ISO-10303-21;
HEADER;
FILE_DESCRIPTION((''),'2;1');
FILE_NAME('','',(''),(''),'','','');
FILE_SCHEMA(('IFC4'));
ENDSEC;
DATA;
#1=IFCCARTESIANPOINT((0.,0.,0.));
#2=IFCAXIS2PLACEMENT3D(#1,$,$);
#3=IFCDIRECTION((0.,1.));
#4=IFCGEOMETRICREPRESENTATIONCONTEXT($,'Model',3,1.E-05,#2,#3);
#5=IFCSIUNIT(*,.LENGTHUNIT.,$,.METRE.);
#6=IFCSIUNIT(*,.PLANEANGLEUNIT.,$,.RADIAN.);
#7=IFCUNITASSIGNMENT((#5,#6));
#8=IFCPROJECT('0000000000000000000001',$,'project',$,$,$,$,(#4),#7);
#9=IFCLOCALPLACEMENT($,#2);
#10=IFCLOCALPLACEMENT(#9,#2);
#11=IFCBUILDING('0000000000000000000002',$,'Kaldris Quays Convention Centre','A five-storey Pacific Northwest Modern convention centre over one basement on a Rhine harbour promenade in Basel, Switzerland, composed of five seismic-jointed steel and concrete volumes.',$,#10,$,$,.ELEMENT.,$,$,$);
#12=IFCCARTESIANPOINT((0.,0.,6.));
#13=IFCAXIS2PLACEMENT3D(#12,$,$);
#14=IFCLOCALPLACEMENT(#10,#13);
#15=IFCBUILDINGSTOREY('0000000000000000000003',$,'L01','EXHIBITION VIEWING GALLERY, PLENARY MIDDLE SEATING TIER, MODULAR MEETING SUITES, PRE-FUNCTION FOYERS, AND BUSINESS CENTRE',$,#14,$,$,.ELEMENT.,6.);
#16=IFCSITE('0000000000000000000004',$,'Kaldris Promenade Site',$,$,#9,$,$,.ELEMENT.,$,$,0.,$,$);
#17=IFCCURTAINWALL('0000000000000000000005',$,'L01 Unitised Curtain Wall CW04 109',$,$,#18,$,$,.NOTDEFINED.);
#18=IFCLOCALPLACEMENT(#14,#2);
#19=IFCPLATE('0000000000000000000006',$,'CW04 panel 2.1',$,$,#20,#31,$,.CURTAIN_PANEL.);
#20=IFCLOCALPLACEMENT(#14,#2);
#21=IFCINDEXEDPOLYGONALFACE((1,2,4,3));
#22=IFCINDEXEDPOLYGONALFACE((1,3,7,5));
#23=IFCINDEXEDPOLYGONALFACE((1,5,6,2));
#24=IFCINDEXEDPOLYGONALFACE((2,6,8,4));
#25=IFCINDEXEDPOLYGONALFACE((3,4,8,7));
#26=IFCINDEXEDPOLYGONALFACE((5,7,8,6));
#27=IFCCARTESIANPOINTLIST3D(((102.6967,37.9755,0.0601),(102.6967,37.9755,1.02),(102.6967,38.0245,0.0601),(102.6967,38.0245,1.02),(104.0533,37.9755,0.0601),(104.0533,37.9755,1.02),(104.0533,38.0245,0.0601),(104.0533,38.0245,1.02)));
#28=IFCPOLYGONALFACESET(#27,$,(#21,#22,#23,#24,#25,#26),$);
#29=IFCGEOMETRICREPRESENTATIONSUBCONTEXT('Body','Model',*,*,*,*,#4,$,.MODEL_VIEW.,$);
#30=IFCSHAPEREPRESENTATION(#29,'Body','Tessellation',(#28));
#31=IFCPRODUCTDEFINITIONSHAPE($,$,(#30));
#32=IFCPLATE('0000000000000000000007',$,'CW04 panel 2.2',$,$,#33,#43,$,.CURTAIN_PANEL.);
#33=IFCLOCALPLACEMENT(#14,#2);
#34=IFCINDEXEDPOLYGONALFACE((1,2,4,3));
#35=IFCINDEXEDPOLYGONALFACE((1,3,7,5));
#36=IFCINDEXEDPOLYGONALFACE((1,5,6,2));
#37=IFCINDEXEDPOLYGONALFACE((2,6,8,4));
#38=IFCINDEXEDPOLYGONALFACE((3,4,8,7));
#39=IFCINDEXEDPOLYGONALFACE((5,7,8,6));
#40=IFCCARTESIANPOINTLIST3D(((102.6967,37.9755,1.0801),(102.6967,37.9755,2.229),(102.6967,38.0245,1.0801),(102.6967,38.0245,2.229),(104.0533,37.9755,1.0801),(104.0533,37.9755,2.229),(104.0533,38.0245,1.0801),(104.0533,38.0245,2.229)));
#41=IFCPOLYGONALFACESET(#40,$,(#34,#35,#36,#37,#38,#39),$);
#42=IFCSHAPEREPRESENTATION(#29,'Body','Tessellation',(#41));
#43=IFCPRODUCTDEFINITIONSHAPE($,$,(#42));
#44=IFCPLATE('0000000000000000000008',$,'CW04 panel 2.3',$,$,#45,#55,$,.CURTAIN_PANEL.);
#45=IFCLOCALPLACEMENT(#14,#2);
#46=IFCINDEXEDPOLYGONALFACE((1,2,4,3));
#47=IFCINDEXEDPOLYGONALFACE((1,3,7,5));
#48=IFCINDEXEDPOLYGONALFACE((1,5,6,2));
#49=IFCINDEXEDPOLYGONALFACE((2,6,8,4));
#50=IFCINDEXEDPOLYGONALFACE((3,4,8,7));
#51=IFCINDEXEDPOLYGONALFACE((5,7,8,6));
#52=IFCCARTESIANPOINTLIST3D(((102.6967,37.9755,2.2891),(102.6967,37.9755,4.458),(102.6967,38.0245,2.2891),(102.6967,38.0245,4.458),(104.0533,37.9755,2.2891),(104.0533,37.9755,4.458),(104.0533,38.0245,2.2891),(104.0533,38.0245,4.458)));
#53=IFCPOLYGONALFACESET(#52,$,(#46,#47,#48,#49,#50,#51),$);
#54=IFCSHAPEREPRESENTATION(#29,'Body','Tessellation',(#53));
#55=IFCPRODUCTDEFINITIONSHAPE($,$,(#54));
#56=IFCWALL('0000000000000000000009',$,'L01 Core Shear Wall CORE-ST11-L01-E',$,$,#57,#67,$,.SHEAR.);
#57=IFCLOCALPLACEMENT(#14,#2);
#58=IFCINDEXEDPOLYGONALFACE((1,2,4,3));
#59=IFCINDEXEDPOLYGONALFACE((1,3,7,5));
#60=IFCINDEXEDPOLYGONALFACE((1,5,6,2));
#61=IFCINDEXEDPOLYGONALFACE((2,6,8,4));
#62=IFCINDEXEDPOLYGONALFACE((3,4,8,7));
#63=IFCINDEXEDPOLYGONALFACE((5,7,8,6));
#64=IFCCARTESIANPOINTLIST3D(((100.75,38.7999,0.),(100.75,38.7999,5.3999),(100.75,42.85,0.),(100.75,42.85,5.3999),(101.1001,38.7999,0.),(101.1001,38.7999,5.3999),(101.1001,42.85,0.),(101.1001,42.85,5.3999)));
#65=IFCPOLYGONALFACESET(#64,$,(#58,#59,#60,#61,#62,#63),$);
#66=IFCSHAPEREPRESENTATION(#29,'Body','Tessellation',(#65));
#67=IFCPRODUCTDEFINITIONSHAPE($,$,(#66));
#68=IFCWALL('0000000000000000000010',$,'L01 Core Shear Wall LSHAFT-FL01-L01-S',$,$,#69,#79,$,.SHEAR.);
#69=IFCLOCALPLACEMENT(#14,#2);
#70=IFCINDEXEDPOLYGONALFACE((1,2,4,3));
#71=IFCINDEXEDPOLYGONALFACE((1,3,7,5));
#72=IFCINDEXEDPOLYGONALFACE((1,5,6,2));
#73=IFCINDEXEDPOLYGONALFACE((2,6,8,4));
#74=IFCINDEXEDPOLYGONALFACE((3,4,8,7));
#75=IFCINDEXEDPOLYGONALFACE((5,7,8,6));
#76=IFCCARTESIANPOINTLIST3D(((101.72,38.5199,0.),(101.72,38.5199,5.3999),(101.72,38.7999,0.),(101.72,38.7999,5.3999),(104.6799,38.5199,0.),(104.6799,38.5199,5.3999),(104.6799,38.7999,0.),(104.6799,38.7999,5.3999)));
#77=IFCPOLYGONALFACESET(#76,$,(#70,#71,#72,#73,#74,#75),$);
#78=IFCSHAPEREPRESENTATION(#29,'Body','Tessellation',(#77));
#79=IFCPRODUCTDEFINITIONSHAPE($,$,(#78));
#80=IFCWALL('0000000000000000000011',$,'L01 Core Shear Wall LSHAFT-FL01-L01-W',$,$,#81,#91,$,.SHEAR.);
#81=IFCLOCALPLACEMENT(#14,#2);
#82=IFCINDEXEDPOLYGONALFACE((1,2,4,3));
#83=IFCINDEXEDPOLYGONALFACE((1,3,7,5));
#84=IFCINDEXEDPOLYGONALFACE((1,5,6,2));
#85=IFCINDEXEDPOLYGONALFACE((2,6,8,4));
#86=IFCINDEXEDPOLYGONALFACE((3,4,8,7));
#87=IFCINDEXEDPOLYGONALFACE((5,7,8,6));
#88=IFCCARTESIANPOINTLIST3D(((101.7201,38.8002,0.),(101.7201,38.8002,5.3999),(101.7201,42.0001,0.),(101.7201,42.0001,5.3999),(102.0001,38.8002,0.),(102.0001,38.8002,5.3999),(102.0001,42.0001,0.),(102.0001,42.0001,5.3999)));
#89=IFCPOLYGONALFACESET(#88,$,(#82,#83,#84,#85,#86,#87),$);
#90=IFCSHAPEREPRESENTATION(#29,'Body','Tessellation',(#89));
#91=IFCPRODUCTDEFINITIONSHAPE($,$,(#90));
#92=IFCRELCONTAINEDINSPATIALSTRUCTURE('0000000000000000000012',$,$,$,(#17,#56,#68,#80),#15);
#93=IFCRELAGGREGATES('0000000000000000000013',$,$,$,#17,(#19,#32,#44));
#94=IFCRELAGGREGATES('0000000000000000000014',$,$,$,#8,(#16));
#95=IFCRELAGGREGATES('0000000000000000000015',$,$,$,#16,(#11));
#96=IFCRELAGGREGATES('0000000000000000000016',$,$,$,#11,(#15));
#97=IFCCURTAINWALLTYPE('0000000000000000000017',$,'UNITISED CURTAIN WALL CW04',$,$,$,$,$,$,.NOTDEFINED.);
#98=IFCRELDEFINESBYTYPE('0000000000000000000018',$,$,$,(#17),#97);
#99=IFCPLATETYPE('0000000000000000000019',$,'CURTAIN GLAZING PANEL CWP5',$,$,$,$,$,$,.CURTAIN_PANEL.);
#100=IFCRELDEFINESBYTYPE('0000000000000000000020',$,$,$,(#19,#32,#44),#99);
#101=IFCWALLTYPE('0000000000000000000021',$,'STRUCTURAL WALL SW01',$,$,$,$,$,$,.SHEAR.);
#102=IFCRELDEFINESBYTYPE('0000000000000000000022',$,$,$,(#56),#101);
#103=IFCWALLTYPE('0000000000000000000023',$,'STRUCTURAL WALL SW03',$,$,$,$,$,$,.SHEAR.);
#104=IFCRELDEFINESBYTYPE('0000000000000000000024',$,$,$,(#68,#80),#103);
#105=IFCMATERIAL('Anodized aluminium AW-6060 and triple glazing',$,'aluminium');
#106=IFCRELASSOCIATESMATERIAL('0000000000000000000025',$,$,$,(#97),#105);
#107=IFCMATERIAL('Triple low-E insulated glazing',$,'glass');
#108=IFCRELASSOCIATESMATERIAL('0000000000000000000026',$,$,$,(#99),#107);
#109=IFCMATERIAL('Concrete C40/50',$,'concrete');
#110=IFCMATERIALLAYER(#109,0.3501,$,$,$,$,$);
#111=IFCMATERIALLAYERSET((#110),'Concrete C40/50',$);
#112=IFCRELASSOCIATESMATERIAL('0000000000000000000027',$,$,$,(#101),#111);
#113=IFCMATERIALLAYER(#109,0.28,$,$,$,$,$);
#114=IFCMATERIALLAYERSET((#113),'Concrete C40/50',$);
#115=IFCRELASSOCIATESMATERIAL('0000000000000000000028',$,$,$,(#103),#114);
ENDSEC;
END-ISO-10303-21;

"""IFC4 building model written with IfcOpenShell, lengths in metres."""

from ifc_helpers import new_model, si_unit, direction, frame, frame_2d, origin, origin_2d, place, context, subcontext, project, spatial, rectangle, extrude, material, layer, layer_set, type_object, element, aggregate, save


model = new_model("IFC4")

# Units and contexts
model_context = context("Model", 3, precision=1e-05, world=origin(), true_north=direction((0.0, 1.0)))
body_context = subcontext(model_context, "Body", "Model", "MODEL_VIEW")
ifc_project = project(units=[si_unit("LENGTHUNIT", "METRE"), si_unit("PLANEANGLEUNIT", "RADIAN")], contexts=[model_context])

# Site, building, storey
site_placement = place(None, origin())
site = spatial("IfcSite", under=ifc_project, at=site_placement, Name="Kaldris Promenade Site", CompositionType="ELEMENT", RefElevation=0.0)
building_placement = place(site_placement, origin())
building = spatial("IfcBuilding", under=site, at=building_placement, Name="Kaldris Quays Convention Centre", Description="A five-storey Pacific Northwest Modern convention centre over one basement on a Rhine harbour promenade in Basel, Switzerland, composed of five seismic-jointed steel and concrete volumes.", CompositionType="ELEMENT")
storey_placement = place(building_placement, frame((0.0, 0.0, 6.0)))
storey = spatial("IfcBuildingStorey", under=building, at=storey_placement, Name="L01", Description="EXHIBITION VIEWING GALLERY, PLENARY MIDDLE SEATING TIER, MODULAR MEETING SUITES, PRE-FUNCTION FOYERS, AND BUSINESS CENTRE", CompositionType="ELEMENT", Elevation=6.0)

# Curtain wall
ifc_material_1 = material(Name="Anodized aluminium AW-6060 and triple glazing", Category="aluminium")
curtain_wall_type = type_object("IfcCurtainWallType", Name="UNITISED CURTAIN WALL CW04", PredefinedType="NOTDEFINED", material=ifc_material_1)
curtain_wall_placement = place(storey_placement, origin())
curtain_wall = element("IfcCurtainWall", 1, at=curtain_wall_placement, inside=storey, type_object=curtain_wall_type, Name="L01 Unitised Curtain Wall CW04 109", PredefinedType="NOTDEFINED")

# Plates
ifc_material_2 = material(Name="Triple low-E insulated glazing", Category="glass")
plate_type = type_object("IfcPlateType", Name="CURTAIN GLAZING PANEL CWP5", PredefinedType="CURTAIN_PANEL", material=ifc_material_2)
plate_1_placement = place(storey_placement, frame((103.375, 38.0, 0.0601), z_axis=(0.0, 0.0, 1.0), x_axis=(1.0, 0.0, 0.0)))
plate_1 = element("IfcPlate", 2, at=plate_1_placement, type_object=plate_type, Name="CW04 panel 2.1", PredefinedType="CURTAIN_PANEL", context=body_context, shape_type="SweptSolid", body=[
    extrude(rectangle(XDim=1.3567, YDim=0.0491, at=origin_2d()), origin(), (0.0, 0.0, 1.0), 0.96),
])
plate_2_placement = place(storey_placement, frame((103.375, 38.0, 1.0801), z_axis=(0.0, 0.0, 1.0), x_axis=(1.0, 0.0, 0.0)))
plate_2 = element("IfcPlate", 3, at=plate_2_placement, type_object=plate_type, Name="CW04 panel 2.2", PredefinedType="CURTAIN_PANEL", context=body_context, shape_type="SweptSolid", body=[
    extrude(rectangle(XDim=1.3567, YDim=0.0491, at=origin_2d()), origin(), (0.0, 0.0, 1.0), 1.1489),
])
plate_3_placement = place(storey_placement, frame((103.375, 38.0, 2.2891), z_axis=(0.0, 0.0, 1.0), x_axis=(1.0, 0.0, 0.0)))
plate_3 = element("IfcPlate", 4, at=plate_3_placement, type_object=plate_type, Name="CW04 panel 2.3", PredefinedType="CURTAIN_PANEL", context=body_context, shape_type="SweptSolid", body=[
    extrude(rectangle(XDim=1.3567, YDim=0.0491, at=origin_2d()), origin(), (0.0, 0.0, 1.0), 2.1689),
])
aggregate(curtain_wall, [plate_1, plate_2, plate_3])

# Walls
ifc_material_3 = material(Name="Concrete C40/50", Category="concrete")
ifc_layer_1 = layer(ifc_material_3, 0.3501)
ifc_layer_set_1 = layer_set([ifc_layer_1], Name="Concrete C40/50")
wall_type_1 = type_object("IfcWallType", Name="STRUCTURAL WALL SW01", PredefinedType="SHEAR", material=ifc_layer_set_1)
wall_1_placement = place(storey_placement, frame((100.925, 38.8, 0.0), z_axis=(0.0, 0.0, 1.0), x_axis=(0.0, 1.0, 0.0)))
element("IfcWall", 5, at=wall_1_placement, inside=storey, type_object=wall_type_1, Name="L01 Core Shear Wall CORE-ST11-L01-E", PredefinedType="SHEAR", context=body_context, shape_type="SweptSolid", body=[
    extrude(rectangle(XDim=4.05, YDim=0.3501, at=frame_2d((2.0249, 0.0))), origin(), (0.0, 0.0, 1.0), 5.3999),
])
ifc_layer_2 = layer(ifc_material_3, 0.28)
ifc_layer_set_2 = layer_set([ifc_layer_2], Name="Concrete C40/50")
wall_type_2 = type_object("IfcWallType", Name="STRUCTURAL WALL SW03", PredefinedType="SHEAR", material=ifc_layer_set_2)
wall_2_placement = place(storey_placement, frame((101.72, 38.6599, 0.0), z_axis=(0.0, 0.0, 1.0), x_axis=(1.0, 0.0, 0.0)))
element("IfcWall", 6, at=wall_2_placement, inside=storey, type_object=wall_type_2, Name="L01 Core Shear Wall LSHAFT-FL01-L01-S", PredefinedType="SHEAR", context=body_context, shape_type="SweptSolid", body=[
    extrude(rectangle(XDim=2.96, YDim=0.28, at=frame_2d((1.48, 0.0))), origin(), (0.0, 0.0, 1.0), 5.3999),
])
wall_3_placement = place(storey_placement, frame((101.8601, 38.8, 0.0), z_axis=(0.0, 0.0, 1.0), x_axis=(0.0, 1.0, 0.0)))
element("IfcWall", 7, at=wall_3_placement, inside=storey, type_object=wall_type_2, Name="L01 Core Shear Wall LSHAFT-FL01-L01-W", PredefinedType="SHEAR", context=body_context, shape_type="SweptSolid", body=[
    extrude(rectangle(XDim=3.2, YDim=0.28, at=frame_2d((1.6001, 0.0))), origin(), (0.0, 0.0, 1.0), 5.3999),
])

save(model, "model.ifc")
